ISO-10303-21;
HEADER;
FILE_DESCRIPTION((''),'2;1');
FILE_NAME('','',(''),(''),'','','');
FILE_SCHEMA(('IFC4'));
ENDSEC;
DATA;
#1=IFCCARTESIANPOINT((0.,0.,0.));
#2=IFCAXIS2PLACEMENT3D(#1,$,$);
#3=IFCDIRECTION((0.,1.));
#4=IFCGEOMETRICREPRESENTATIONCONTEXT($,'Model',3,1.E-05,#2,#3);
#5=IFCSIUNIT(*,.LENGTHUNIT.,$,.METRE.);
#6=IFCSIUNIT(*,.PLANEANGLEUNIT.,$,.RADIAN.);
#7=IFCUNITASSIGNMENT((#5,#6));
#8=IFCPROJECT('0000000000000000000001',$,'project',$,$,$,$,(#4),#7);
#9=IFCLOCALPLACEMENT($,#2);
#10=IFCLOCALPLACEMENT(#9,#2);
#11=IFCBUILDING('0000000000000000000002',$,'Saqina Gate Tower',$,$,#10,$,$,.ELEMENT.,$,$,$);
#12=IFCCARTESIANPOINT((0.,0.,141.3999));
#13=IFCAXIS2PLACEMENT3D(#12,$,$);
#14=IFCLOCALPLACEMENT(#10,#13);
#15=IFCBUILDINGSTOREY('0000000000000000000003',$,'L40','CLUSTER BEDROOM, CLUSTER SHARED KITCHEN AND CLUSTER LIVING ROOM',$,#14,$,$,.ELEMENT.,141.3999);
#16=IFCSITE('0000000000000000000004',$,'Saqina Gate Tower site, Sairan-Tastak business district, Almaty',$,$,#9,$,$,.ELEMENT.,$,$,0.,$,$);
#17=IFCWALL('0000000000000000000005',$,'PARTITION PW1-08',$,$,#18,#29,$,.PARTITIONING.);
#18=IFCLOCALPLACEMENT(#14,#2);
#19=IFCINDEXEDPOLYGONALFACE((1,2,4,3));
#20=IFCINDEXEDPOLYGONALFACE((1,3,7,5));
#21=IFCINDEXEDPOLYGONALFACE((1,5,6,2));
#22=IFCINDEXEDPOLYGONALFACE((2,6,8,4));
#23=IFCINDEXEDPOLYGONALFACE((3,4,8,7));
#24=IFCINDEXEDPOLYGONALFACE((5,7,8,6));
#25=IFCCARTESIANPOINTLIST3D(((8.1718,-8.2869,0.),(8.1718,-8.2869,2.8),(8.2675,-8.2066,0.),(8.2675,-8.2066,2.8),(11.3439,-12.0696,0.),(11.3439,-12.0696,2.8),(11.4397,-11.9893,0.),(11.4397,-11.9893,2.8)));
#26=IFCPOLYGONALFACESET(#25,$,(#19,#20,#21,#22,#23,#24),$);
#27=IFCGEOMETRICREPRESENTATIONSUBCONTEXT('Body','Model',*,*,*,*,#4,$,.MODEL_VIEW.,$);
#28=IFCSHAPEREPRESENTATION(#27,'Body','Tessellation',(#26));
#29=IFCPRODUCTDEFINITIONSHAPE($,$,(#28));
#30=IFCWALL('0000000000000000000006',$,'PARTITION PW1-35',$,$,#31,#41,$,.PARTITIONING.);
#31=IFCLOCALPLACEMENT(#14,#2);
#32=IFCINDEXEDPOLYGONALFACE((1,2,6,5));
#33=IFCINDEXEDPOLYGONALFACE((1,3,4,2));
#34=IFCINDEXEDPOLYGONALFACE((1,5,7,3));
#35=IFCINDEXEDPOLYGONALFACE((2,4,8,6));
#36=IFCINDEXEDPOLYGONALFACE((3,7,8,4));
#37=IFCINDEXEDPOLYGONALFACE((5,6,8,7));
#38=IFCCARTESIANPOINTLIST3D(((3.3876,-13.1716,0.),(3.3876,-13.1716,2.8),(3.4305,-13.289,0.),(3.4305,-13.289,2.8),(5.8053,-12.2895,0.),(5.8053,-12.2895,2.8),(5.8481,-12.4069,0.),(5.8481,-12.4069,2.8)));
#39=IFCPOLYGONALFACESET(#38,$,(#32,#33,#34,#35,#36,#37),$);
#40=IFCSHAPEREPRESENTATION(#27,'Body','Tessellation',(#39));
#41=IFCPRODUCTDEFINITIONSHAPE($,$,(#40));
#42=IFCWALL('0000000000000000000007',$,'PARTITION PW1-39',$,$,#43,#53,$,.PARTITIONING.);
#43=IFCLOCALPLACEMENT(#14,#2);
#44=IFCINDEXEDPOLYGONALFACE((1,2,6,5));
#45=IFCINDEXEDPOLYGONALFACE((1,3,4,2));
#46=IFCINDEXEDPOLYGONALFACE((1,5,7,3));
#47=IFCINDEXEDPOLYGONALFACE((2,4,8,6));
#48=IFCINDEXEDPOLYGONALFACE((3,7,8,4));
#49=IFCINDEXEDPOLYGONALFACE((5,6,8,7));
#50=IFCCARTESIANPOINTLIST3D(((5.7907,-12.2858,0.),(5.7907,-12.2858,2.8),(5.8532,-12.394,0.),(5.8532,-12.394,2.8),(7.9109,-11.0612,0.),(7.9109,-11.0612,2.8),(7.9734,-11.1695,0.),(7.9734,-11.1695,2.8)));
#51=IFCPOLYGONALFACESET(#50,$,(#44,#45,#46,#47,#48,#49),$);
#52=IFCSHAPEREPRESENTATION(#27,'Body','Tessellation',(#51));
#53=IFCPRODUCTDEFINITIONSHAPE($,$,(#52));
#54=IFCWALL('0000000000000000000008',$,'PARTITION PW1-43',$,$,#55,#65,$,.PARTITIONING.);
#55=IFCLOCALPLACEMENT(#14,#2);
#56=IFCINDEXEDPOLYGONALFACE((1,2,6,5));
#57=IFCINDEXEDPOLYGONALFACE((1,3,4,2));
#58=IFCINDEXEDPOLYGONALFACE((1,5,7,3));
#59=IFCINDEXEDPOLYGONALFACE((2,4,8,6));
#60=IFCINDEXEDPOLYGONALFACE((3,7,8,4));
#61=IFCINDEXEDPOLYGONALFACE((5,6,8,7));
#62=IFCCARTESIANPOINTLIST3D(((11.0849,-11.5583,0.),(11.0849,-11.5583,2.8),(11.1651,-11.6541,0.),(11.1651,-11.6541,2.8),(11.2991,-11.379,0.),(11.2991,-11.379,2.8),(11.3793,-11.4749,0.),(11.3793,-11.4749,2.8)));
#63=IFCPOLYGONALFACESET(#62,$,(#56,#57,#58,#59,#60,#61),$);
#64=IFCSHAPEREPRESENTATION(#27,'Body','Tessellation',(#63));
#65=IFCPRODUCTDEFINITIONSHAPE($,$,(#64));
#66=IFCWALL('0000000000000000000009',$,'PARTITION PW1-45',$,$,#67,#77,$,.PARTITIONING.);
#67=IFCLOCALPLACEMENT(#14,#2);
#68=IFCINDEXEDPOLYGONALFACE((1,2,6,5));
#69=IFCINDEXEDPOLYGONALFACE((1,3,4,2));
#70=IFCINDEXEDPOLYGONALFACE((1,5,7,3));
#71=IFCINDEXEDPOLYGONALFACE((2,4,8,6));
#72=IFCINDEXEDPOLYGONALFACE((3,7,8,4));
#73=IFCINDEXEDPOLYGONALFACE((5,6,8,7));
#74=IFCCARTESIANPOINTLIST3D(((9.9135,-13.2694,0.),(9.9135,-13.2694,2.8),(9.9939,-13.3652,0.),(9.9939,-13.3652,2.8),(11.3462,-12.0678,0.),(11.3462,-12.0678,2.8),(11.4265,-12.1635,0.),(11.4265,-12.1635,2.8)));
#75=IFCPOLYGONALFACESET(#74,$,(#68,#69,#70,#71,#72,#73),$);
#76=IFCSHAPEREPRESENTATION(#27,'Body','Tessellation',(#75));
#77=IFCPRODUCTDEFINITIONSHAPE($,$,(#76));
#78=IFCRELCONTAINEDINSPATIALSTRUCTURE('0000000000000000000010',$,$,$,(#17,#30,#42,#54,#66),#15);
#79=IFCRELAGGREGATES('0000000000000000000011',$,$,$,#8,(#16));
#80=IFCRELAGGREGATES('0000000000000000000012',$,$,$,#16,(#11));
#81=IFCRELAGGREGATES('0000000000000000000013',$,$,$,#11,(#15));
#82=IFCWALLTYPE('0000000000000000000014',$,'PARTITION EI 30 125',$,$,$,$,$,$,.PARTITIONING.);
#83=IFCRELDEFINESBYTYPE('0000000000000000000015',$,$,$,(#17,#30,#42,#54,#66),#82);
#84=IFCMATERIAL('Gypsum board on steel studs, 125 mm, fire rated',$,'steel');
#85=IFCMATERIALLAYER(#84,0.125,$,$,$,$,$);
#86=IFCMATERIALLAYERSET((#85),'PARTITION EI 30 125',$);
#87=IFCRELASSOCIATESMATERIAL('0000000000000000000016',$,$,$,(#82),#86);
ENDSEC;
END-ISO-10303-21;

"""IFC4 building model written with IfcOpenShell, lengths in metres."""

from ifc_helpers import new_model, si_unit, direction, frame, frame_2d, origin, place, context, subcontext, project, spatial, rectangle, extrude, material, layer, layer_set, type_object, element, save


model = new_model("IFC4")

# Units and contexts
model_context = context("Model", 3, precision=1e-05, world=origin(), true_north=direction((0.0, 1.0)))
body_context = subcontext(model_context, "Body", "Model", "MODEL_VIEW")
ifc_project = project(units=[si_unit("LENGTHUNIT", "METRE"), si_unit("PLANEANGLEUNIT", "RADIAN")], contexts=[model_context])

# Site, building, storey
site_placement = place(None, origin())
site = spatial("IfcSite", under=ifc_project, at=site_placement, Name="Saqina Gate Tower site, Sairan-Tastak business district, Almaty", CompositionType="ELEMENT", RefElevation=0.0)
building_placement = place(site_placement, origin())
building = spatial("IfcBuilding", under=site, at=building_placement, Name="Saqina Gate Tower", CompositionType="ELEMENT")
storey_placement = place(building_placement, frame((0.0, 0.0, 141.3999)))
storey = spatial("IfcBuildingStorey", under=building, at=storey_placement, Name="L40", Description="CLUSTER BEDROOM, CLUSTER SHARED KITCHEN AND CLUSTER LIVING ROOM", CompositionType="ELEMENT", Elevation=141.3999)

# Walls
ifc_material_1 = material(Name="Gypsum board on steel studs, 125 mm, fire rated", Category="steel")
ifc_layer_1 = layer(ifc_material_1, 0.125)
ifc_layer_set_1 = layer_set([ifc_layer_1], Name="PARTITION EI 30 125")
wall_type_1 = type_object("IfcWallType", Name="PARTITION EI 30 125", PredefinedType="PARTITIONING", material=ifc_layer_set_1)
wall_1_placement = place(storey_placement, frame((8.2197, -8.2468, 0.0), z_axis=(0.0, 0.0, 1.0), x_axis=(0.642555, -0.766239, 0.0)))
element("IfcWall", 1, at=wall_1_placement, inside=storey, type_object=wall_type_1, Name="PARTITION PW1-08", PredefinedType="PARTITIONING", context=body_context, shape_type="SweptSolid", body=[
    extrude(rectangle(XDim=4.9368, YDim=0.125, at=frame_2d((2.4683, 0.0))), origin(), (0.0, 0.0, 1.0), 2.8),
])
wall_2_placement = place(storey_placement, frame((3.4092, -13.2302, 0.0), z_axis=(0.0, 0.0, 1.0), x_axis=(0.93943, 0.342741, 0.0)))
element("IfcWall", 2, at=wall_2_placement, inside=storey, type_object=wall_type_1, Name="PARTITION PW1-35", PredefinedType="PARTITIONING", context=body_context, shape_type="SweptSolid", body=[
    extrude(rectangle(XDim=2.5735, YDim=0.125, at=frame_2d((1.2866, 0.0))), origin(), (0.0, 0.0, 1.0), 2.8),
])
wall_3_placement = place(storey_placement, frame((5.822, -12.3398, 0.0), z_axis=(0.0, 0.0, 1.0), x_axis=(0.865951, 0.500128, 0.0)))
element("IfcWall", 3, at=wall_3_placement, inside=storey, type_object=wall_type_1, Name="PARTITION PW1-39", PredefinedType="PARTITIONING", context=body_context, shape_type="SweptSolid", body=[
    extrude(rectangle(XDim=2.4485, YDim=0.125, at=frame_2d((1.2241, 0.0))), origin(), (0.0, 0.0, 1.0), 2.8),
])
wall_4_placement = place(storey_placement, frame((11.125, -11.6062, 0.0), z_axis=(0.0, 0.0, 1.0), x_axis=(0.766858, 0.641817, 0.0)))
element("IfcWall", 4, at=wall_4_placement, inside=storey, type_object=wall_type_1, Name="PARTITION PW1-43", PredefinedType="PARTITIONING", context=body_context, shape_type="SweptSolid", body=[
    extrude(rectangle(XDim=0.2793, YDim=0.125, at=frame_2d((0.1396, 0.0))), origin(), (0.0, 0.0, 1.0), 2.8),
])
wall_5_placement = place(storey_placement, frame((9.9536, -13.3174, 0.0), z_axis=(0.0, 0.0, 1.0), x_axis=(0.766163, 0.642647, 0.0)))
element("IfcWall", 5, at=wall_5_placement, inside=storey, type_object=wall_type_1, Name="PARTITION PW1-45", PredefinedType="PARTITIONING", context=body_context, shape_type="SweptSolid", body=[
    extrude(rectangle(XDim=1.8699, YDim=0.125, at=frame_2d((0.9351, 0.0))), origin(), (0.0, 0.0, 1.0), 2.8),
])

save(model, "model.ifc")
